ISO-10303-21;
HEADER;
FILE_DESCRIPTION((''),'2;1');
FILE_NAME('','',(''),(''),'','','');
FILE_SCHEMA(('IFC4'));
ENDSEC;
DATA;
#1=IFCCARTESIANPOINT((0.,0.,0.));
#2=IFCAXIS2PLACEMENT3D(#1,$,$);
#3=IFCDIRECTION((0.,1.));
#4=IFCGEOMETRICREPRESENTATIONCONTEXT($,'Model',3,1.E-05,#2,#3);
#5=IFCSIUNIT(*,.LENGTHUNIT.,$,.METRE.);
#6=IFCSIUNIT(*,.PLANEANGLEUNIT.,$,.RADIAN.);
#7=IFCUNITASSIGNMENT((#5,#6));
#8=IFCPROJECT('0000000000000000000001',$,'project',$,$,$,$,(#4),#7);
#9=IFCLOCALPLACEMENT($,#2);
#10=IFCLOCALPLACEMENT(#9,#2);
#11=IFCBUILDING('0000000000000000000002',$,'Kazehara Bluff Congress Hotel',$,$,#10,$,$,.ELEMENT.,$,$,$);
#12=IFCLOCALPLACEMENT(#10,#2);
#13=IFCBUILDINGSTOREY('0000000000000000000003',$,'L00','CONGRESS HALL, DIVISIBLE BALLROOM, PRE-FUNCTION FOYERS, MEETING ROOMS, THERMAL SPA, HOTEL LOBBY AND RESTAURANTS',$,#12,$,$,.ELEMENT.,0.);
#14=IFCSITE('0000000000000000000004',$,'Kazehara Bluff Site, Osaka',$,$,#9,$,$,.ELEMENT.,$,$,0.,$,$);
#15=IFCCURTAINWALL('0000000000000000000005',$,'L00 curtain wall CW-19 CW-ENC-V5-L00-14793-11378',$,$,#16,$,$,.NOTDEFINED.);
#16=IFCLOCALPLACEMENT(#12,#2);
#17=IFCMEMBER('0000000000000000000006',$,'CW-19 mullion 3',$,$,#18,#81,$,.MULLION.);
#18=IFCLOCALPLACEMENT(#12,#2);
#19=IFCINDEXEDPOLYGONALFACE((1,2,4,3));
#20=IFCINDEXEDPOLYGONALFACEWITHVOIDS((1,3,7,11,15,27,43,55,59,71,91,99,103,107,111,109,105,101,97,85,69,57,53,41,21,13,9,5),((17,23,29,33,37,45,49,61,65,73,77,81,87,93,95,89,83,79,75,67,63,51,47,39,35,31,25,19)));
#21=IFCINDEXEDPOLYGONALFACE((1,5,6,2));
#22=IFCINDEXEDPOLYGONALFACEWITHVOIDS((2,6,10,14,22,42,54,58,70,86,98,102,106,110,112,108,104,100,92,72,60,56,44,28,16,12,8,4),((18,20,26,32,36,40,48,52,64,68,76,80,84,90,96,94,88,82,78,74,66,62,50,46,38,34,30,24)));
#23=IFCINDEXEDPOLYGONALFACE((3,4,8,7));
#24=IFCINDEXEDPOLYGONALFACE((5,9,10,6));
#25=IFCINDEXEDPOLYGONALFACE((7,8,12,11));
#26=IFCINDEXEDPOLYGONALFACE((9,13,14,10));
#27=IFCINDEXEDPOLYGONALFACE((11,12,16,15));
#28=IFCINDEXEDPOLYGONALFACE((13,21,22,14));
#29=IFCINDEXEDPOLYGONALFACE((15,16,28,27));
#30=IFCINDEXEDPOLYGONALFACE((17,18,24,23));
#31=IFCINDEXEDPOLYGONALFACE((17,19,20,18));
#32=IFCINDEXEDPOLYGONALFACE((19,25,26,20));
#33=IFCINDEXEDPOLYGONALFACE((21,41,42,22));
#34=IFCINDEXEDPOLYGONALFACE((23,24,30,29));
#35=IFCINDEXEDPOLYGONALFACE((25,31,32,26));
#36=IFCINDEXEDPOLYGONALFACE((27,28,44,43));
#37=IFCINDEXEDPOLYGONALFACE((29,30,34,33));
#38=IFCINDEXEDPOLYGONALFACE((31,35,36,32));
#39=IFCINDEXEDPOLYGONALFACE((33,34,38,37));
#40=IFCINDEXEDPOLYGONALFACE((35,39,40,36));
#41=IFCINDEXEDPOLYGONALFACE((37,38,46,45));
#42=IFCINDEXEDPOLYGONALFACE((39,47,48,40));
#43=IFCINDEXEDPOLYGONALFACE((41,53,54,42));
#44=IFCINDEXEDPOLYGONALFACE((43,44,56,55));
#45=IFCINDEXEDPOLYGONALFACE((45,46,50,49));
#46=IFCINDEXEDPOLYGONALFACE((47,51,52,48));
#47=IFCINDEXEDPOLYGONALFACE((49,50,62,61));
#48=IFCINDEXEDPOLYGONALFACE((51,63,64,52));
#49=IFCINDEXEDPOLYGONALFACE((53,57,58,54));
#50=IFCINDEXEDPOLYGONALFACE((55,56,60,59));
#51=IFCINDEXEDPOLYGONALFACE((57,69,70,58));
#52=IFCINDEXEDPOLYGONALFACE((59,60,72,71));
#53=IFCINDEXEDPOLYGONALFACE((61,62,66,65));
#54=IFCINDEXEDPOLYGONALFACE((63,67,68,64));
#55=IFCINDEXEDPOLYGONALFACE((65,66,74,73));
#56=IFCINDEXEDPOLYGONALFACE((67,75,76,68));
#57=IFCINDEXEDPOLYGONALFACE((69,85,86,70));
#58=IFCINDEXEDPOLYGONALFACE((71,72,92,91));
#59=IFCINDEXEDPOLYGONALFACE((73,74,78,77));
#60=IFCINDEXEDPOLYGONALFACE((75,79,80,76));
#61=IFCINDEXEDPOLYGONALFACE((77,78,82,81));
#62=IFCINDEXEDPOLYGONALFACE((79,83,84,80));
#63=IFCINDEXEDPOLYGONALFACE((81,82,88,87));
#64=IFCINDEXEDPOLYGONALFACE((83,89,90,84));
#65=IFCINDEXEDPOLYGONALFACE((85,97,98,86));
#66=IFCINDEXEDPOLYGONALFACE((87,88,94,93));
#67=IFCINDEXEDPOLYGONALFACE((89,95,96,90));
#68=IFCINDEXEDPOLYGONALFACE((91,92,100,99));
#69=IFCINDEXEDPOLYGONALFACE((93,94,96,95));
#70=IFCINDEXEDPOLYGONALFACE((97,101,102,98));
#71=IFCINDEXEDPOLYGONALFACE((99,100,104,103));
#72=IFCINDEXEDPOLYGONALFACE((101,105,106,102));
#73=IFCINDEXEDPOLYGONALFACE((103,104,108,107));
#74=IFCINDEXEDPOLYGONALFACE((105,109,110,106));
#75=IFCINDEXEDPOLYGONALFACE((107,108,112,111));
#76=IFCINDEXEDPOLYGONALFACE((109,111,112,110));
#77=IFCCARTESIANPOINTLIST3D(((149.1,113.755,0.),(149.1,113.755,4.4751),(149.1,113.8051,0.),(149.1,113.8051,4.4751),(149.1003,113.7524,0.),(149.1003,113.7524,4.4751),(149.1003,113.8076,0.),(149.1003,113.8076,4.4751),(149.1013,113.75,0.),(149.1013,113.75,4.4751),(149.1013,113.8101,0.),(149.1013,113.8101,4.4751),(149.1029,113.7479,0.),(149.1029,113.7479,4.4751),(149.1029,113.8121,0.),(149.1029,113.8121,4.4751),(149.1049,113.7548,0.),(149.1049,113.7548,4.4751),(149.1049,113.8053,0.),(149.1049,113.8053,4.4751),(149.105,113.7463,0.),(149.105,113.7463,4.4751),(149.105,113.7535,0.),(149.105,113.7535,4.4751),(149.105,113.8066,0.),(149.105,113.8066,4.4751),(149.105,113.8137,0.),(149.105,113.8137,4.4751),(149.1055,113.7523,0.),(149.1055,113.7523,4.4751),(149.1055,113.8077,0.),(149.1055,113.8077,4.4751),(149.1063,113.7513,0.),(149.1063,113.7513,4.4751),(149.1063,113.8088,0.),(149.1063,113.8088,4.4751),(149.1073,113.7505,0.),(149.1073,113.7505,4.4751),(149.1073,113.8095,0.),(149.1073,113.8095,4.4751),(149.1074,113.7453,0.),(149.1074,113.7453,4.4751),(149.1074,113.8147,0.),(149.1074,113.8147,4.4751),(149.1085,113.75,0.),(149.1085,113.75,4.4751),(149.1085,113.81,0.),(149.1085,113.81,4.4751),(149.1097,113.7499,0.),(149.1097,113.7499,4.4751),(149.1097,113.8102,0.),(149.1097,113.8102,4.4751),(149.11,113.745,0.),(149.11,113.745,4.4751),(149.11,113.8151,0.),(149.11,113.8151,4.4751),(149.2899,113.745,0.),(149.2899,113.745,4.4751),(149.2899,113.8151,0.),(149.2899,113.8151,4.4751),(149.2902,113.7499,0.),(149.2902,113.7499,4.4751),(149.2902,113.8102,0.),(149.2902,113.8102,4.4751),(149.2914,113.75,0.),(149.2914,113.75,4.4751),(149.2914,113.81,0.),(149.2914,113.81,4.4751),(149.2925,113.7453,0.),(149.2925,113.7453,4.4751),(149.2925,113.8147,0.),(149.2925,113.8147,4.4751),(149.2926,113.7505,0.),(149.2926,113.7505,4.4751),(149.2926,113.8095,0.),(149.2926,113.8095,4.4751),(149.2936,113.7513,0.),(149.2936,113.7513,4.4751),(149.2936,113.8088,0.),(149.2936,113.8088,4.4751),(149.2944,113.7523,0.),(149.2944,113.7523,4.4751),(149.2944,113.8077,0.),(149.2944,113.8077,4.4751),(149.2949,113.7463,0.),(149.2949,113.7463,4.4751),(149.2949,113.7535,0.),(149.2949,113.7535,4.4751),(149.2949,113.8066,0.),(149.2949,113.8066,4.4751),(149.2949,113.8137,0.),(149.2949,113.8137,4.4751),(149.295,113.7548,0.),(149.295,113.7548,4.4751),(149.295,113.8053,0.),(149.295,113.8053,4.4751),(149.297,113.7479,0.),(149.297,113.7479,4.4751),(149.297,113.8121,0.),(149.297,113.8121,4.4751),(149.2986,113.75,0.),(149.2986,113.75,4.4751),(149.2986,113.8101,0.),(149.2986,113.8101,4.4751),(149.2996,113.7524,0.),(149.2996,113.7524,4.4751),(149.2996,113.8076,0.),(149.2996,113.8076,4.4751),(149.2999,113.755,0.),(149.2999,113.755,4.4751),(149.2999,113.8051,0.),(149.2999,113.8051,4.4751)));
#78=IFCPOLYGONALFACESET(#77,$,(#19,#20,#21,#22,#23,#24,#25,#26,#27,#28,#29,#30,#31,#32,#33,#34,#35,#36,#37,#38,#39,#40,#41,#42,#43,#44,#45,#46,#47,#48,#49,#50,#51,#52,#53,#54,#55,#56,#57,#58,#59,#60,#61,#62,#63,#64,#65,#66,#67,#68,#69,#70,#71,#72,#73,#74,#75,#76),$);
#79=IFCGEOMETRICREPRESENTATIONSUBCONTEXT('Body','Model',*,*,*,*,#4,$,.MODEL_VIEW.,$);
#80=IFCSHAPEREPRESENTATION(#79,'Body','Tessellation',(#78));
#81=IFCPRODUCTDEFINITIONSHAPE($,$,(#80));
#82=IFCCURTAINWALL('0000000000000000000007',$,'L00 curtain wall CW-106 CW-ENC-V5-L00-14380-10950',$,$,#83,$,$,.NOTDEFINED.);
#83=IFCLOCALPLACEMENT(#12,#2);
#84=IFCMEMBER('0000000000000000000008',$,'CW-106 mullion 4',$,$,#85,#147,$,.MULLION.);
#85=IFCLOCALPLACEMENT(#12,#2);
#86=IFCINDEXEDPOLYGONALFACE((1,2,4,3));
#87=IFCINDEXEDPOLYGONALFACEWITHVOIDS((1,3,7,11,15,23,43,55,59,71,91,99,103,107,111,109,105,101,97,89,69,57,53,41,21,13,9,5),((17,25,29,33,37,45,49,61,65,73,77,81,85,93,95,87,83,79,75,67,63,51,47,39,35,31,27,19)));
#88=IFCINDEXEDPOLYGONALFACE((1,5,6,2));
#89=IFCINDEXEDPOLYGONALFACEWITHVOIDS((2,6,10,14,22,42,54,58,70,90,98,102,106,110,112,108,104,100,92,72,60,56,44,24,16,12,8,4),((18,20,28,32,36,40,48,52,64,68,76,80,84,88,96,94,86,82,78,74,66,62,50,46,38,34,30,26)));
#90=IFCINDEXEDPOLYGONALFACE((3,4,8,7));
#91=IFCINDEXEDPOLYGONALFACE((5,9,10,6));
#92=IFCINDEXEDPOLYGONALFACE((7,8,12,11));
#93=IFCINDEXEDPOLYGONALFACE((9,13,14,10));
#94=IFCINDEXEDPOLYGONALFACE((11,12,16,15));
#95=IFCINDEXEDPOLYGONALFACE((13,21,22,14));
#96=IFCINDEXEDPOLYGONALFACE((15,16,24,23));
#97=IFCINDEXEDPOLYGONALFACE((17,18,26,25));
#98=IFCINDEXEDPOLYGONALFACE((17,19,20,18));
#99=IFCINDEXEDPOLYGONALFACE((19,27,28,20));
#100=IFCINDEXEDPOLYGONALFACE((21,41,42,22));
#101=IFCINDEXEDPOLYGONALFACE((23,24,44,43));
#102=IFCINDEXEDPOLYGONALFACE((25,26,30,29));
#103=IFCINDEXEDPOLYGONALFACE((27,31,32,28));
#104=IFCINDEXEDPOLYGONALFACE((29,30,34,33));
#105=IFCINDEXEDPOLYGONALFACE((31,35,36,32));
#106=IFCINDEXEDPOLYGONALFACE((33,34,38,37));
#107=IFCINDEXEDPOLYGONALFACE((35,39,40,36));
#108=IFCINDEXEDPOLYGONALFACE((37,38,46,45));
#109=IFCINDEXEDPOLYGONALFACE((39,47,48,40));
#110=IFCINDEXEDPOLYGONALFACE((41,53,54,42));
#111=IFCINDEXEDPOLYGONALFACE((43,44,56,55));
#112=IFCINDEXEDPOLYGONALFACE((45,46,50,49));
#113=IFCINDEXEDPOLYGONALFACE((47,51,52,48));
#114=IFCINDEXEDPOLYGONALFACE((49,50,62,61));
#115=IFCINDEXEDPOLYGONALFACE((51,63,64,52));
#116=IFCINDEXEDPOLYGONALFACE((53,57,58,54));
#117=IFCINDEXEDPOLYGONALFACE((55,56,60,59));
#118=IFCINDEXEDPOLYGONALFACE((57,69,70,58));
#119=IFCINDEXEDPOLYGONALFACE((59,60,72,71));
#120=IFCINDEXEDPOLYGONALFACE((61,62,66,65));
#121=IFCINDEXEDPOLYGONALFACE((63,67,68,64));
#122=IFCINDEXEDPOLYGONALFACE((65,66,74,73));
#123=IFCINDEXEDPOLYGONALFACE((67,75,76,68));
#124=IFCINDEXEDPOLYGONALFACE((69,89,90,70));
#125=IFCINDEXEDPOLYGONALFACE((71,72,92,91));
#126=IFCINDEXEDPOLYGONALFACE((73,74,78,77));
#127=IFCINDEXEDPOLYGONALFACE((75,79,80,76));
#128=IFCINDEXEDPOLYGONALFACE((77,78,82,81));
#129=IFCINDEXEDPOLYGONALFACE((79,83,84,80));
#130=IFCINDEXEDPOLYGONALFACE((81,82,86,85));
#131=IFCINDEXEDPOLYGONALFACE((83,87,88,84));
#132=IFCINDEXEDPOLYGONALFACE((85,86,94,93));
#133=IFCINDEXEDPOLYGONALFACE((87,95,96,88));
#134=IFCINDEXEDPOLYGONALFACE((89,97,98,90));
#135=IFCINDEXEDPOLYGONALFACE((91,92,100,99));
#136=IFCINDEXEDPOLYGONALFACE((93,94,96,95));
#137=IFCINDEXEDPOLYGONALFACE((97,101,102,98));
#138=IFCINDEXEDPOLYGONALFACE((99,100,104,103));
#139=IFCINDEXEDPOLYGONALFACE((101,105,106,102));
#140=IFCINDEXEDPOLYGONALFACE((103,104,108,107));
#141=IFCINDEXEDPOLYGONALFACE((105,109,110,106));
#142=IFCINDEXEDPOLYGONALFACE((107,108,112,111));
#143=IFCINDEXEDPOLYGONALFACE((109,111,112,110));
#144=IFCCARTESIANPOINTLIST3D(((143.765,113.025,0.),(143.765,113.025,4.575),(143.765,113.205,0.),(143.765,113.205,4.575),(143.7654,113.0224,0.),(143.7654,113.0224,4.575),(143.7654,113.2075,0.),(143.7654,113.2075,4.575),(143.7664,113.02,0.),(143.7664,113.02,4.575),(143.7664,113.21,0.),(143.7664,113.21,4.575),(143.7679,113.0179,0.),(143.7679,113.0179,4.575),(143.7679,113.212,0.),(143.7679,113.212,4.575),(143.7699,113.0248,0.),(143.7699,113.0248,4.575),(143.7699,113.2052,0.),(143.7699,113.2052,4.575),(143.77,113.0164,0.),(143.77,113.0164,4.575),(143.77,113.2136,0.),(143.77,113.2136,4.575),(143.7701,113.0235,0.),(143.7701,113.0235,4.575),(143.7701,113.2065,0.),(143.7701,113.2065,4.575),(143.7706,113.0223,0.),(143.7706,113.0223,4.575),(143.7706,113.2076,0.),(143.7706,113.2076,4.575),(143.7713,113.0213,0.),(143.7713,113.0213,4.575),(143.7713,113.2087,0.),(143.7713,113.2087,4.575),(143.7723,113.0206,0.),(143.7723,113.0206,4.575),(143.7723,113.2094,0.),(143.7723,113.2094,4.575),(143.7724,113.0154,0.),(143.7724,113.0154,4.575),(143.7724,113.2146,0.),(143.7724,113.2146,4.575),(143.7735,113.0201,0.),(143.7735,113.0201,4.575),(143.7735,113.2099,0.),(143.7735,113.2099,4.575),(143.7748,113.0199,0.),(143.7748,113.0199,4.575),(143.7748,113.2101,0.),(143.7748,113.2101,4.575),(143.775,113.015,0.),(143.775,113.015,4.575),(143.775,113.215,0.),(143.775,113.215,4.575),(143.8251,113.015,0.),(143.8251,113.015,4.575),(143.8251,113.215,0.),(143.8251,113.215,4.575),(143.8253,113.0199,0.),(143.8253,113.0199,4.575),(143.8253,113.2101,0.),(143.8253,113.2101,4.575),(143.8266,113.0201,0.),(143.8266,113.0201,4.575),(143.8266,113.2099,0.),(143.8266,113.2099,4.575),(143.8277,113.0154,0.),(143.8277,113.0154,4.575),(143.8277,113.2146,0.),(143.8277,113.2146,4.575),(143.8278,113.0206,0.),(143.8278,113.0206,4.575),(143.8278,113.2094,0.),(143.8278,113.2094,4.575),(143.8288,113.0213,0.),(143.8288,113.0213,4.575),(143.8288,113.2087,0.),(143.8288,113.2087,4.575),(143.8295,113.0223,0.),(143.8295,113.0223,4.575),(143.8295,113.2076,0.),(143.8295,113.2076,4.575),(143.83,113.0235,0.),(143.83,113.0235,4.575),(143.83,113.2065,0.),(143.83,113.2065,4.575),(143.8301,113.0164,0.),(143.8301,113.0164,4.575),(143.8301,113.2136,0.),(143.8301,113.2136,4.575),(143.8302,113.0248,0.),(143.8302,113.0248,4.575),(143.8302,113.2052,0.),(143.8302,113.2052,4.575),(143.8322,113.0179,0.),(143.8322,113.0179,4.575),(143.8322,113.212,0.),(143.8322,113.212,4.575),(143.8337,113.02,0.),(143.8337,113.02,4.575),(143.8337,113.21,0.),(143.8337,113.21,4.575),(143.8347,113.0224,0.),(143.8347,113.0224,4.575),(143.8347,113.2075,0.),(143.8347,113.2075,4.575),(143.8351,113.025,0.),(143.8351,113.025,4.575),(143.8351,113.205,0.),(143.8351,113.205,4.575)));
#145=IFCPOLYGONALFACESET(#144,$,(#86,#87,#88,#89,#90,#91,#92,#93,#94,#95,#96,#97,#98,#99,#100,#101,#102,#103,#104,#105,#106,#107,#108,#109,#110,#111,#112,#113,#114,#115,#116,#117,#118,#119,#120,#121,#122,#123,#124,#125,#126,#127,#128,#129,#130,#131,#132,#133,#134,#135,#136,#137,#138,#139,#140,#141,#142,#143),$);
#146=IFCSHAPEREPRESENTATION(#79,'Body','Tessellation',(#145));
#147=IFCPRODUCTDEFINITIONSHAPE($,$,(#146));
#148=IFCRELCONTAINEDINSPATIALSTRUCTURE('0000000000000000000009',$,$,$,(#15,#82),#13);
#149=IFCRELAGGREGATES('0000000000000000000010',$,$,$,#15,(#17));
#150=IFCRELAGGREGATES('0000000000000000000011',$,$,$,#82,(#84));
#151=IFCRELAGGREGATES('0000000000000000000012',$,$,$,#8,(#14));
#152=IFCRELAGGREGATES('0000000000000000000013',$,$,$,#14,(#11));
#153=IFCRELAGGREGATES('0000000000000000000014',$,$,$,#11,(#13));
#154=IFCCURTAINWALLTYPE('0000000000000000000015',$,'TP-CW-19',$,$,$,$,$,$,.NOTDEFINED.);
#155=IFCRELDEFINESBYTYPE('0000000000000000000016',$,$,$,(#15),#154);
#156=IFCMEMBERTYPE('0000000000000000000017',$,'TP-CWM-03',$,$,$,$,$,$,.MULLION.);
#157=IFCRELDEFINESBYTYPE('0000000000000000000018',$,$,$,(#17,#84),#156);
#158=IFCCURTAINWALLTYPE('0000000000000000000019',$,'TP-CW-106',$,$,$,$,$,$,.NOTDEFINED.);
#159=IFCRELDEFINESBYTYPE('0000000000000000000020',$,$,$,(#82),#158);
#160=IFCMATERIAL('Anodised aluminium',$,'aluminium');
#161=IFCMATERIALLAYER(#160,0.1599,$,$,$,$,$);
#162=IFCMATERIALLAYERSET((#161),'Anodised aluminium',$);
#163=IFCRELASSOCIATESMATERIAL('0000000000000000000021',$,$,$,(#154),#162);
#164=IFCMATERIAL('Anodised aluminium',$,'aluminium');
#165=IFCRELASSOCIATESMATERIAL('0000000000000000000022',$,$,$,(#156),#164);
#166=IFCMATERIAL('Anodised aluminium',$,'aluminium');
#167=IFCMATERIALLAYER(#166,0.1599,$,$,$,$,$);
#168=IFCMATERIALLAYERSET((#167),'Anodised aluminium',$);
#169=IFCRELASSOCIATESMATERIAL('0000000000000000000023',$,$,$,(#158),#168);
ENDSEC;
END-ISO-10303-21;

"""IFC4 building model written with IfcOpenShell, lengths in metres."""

from ifc_helpers import new_model, si_unit, direction, frame, origin, origin_2d, place, context, subcontext, project, spatial, hollow_rectangle, extrude, material, layer, layer_set, material_profile, profile_set, type_object, element, aggregate, save


model = new_model("IFC4")

# Units and contexts
model_context = context("Model", 3, precision=1e-05, world=origin(), true_north=direction((0.0, 1.0)))
body_context = subcontext(model_context, "Body", "Model", "MODEL_VIEW")
ifc_project = project(units=[si_unit("LENGTHUNIT", "METRE"), si_unit("PLANEANGLEUNIT", "RADIAN")], contexts=[model_context])

# Site, building, storey
site_placement = place(None, origin())
site = spatial("IfcSite", under=ifc_project, at=site_placement, Name="Kazehara Bluff Site, Osaka", CompositionType="ELEMENT", RefElevation=0.0)
building_placement = place(site_placement, origin())
building = spatial("IfcBuilding", under=site, at=building_placement, Name="Kazehara Bluff Congress Hotel", CompositionType="ELEMENT")
storey_placement = place(building_placement, origin())
storey = spatial("IfcBuildingStorey", under=building, at=storey_placement, Name="L00", Description="CONGRESS HALL, DIVISIBLE BALLROOM, PRE-FUNCTION FOYERS, MEETING ROOMS, THERMAL SPA, HOTEL LOBBY AND RESTAURANTS", CompositionType="ELEMENT", Elevation=0.0)

# Curtain wall, member
ifc_material_1 = material(Name="Anodised aluminium", Category="aluminium")
ifc_layer_1 = layer(ifc_material_1, 0.1599)
ifc_layer_set_1 = layer_set([ifc_layer_1], Name="Anodised aluminium")
curtain_wall_type_1 = type_object("IfcCurtainWallType", Name="TP-CW-19", PredefinedType="NOTDEFINED", material=ifc_layer_set_1)
curtain_wall_1_placement = place(storey_placement, origin())
curtain_wall_1 = element("IfcCurtainWall", 1, at=curtain_wall_1_placement, inside=storey, type_object=curtain_wall_type_1, Name="L00 curtain wall CW-19 CW-ENC-V5-L00-14793-11378", PredefinedType="NOTDEFINED")
ifc_material_2 = material(Name="Anodised aluminium", Category="aluminium")
ifc_material_profile_1 = material_profile(ifc_material_2, hollow_rectangle(XDim=0.0701, YDim=0.2, WallThickness=0.0049, InnerFilletRadius=0.0049, OuterFilletRadius=0.01, at=origin_2d()))
ifc_profile_set_1 = profile_set([ifc_material_profile_1], Name="Anodised aluminium")
member_type_1 = type_object("IfcMemberType", Name="TP-CWM-03", PredefinedType="MULLION", material=ifc_profile_set_1)
member_1_placement = place(storey_placement, frame((149.2, 113.78, 0.0), z_axis=(0.0, 0.0, 1.0), x_axis=(0.0, 1.0, 0.0)))
member_1 = element("IfcMember", 2, at=member_1_placement, type_object=member_type_1, Name="CW-19 mullion 3", PredefinedType="MULLION", context=body_context, shape_type="SweptSolid", body=[
    extrude(hollow_rectangle(XDim=0.0701, YDim=0.2, WallThickness=0.0049, InnerFilletRadius=0.0049, OuterFilletRadius=0.01, at=origin_2d()), origin(), (0.0, 0.0, 1.0), 4.4751),
])

# Curtain wall, member
ifc_material_3 = material(Name="Anodised aluminium", Category="aluminium")
ifc_layer_2 = layer(ifc_material_3, 0.1599)
ifc_layer_set_2 = layer_set([ifc_layer_2], Name="Anodised aluminium")
curtain_wall_type_2 = type_object("IfcCurtainWallType", Name="TP-CW-106", PredefinedType="NOTDEFINED", material=ifc_layer_set_2)
curtain_wall_2_placement = place(storey_placement, origin())
curtain_wall_2 = element("IfcCurtainWall", 3, at=curtain_wall_2_placement, inside=storey, type_object=curtain_wall_type_2, Name="L00 curtain wall CW-106 CW-ENC-V5-L00-14380-10950", PredefinedType="NOTDEFINED")
member_2_placement = place(storey_placement, frame((143.8, 113.115, 0.0), z_axis=(0.0, 0.0, 1.0), x_axis=(-1.0, 0.0, 0.0)))
member_2 = element("IfcMember", 4, at=member_2_placement, type_object=member_type_1, Name="CW-106 mullion 4", PredefinedType="MULLION", context=body_context, shape_type="SweptSolid", body=[
    extrude(hollow_rectangle(XDim=0.0701, YDim=0.2, WallThickness=0.0049, InnerFilletRadius=0.0049, OuterFilletRadius=0.01, at=origin_2d()), origin(), (0.0, 0.0, 1.0), 4.575),
])

aggregate(curtain_wall_1, [member_1])
aggregate(curtain_wall_2, [member_2])

save(model, "model.ifc")
